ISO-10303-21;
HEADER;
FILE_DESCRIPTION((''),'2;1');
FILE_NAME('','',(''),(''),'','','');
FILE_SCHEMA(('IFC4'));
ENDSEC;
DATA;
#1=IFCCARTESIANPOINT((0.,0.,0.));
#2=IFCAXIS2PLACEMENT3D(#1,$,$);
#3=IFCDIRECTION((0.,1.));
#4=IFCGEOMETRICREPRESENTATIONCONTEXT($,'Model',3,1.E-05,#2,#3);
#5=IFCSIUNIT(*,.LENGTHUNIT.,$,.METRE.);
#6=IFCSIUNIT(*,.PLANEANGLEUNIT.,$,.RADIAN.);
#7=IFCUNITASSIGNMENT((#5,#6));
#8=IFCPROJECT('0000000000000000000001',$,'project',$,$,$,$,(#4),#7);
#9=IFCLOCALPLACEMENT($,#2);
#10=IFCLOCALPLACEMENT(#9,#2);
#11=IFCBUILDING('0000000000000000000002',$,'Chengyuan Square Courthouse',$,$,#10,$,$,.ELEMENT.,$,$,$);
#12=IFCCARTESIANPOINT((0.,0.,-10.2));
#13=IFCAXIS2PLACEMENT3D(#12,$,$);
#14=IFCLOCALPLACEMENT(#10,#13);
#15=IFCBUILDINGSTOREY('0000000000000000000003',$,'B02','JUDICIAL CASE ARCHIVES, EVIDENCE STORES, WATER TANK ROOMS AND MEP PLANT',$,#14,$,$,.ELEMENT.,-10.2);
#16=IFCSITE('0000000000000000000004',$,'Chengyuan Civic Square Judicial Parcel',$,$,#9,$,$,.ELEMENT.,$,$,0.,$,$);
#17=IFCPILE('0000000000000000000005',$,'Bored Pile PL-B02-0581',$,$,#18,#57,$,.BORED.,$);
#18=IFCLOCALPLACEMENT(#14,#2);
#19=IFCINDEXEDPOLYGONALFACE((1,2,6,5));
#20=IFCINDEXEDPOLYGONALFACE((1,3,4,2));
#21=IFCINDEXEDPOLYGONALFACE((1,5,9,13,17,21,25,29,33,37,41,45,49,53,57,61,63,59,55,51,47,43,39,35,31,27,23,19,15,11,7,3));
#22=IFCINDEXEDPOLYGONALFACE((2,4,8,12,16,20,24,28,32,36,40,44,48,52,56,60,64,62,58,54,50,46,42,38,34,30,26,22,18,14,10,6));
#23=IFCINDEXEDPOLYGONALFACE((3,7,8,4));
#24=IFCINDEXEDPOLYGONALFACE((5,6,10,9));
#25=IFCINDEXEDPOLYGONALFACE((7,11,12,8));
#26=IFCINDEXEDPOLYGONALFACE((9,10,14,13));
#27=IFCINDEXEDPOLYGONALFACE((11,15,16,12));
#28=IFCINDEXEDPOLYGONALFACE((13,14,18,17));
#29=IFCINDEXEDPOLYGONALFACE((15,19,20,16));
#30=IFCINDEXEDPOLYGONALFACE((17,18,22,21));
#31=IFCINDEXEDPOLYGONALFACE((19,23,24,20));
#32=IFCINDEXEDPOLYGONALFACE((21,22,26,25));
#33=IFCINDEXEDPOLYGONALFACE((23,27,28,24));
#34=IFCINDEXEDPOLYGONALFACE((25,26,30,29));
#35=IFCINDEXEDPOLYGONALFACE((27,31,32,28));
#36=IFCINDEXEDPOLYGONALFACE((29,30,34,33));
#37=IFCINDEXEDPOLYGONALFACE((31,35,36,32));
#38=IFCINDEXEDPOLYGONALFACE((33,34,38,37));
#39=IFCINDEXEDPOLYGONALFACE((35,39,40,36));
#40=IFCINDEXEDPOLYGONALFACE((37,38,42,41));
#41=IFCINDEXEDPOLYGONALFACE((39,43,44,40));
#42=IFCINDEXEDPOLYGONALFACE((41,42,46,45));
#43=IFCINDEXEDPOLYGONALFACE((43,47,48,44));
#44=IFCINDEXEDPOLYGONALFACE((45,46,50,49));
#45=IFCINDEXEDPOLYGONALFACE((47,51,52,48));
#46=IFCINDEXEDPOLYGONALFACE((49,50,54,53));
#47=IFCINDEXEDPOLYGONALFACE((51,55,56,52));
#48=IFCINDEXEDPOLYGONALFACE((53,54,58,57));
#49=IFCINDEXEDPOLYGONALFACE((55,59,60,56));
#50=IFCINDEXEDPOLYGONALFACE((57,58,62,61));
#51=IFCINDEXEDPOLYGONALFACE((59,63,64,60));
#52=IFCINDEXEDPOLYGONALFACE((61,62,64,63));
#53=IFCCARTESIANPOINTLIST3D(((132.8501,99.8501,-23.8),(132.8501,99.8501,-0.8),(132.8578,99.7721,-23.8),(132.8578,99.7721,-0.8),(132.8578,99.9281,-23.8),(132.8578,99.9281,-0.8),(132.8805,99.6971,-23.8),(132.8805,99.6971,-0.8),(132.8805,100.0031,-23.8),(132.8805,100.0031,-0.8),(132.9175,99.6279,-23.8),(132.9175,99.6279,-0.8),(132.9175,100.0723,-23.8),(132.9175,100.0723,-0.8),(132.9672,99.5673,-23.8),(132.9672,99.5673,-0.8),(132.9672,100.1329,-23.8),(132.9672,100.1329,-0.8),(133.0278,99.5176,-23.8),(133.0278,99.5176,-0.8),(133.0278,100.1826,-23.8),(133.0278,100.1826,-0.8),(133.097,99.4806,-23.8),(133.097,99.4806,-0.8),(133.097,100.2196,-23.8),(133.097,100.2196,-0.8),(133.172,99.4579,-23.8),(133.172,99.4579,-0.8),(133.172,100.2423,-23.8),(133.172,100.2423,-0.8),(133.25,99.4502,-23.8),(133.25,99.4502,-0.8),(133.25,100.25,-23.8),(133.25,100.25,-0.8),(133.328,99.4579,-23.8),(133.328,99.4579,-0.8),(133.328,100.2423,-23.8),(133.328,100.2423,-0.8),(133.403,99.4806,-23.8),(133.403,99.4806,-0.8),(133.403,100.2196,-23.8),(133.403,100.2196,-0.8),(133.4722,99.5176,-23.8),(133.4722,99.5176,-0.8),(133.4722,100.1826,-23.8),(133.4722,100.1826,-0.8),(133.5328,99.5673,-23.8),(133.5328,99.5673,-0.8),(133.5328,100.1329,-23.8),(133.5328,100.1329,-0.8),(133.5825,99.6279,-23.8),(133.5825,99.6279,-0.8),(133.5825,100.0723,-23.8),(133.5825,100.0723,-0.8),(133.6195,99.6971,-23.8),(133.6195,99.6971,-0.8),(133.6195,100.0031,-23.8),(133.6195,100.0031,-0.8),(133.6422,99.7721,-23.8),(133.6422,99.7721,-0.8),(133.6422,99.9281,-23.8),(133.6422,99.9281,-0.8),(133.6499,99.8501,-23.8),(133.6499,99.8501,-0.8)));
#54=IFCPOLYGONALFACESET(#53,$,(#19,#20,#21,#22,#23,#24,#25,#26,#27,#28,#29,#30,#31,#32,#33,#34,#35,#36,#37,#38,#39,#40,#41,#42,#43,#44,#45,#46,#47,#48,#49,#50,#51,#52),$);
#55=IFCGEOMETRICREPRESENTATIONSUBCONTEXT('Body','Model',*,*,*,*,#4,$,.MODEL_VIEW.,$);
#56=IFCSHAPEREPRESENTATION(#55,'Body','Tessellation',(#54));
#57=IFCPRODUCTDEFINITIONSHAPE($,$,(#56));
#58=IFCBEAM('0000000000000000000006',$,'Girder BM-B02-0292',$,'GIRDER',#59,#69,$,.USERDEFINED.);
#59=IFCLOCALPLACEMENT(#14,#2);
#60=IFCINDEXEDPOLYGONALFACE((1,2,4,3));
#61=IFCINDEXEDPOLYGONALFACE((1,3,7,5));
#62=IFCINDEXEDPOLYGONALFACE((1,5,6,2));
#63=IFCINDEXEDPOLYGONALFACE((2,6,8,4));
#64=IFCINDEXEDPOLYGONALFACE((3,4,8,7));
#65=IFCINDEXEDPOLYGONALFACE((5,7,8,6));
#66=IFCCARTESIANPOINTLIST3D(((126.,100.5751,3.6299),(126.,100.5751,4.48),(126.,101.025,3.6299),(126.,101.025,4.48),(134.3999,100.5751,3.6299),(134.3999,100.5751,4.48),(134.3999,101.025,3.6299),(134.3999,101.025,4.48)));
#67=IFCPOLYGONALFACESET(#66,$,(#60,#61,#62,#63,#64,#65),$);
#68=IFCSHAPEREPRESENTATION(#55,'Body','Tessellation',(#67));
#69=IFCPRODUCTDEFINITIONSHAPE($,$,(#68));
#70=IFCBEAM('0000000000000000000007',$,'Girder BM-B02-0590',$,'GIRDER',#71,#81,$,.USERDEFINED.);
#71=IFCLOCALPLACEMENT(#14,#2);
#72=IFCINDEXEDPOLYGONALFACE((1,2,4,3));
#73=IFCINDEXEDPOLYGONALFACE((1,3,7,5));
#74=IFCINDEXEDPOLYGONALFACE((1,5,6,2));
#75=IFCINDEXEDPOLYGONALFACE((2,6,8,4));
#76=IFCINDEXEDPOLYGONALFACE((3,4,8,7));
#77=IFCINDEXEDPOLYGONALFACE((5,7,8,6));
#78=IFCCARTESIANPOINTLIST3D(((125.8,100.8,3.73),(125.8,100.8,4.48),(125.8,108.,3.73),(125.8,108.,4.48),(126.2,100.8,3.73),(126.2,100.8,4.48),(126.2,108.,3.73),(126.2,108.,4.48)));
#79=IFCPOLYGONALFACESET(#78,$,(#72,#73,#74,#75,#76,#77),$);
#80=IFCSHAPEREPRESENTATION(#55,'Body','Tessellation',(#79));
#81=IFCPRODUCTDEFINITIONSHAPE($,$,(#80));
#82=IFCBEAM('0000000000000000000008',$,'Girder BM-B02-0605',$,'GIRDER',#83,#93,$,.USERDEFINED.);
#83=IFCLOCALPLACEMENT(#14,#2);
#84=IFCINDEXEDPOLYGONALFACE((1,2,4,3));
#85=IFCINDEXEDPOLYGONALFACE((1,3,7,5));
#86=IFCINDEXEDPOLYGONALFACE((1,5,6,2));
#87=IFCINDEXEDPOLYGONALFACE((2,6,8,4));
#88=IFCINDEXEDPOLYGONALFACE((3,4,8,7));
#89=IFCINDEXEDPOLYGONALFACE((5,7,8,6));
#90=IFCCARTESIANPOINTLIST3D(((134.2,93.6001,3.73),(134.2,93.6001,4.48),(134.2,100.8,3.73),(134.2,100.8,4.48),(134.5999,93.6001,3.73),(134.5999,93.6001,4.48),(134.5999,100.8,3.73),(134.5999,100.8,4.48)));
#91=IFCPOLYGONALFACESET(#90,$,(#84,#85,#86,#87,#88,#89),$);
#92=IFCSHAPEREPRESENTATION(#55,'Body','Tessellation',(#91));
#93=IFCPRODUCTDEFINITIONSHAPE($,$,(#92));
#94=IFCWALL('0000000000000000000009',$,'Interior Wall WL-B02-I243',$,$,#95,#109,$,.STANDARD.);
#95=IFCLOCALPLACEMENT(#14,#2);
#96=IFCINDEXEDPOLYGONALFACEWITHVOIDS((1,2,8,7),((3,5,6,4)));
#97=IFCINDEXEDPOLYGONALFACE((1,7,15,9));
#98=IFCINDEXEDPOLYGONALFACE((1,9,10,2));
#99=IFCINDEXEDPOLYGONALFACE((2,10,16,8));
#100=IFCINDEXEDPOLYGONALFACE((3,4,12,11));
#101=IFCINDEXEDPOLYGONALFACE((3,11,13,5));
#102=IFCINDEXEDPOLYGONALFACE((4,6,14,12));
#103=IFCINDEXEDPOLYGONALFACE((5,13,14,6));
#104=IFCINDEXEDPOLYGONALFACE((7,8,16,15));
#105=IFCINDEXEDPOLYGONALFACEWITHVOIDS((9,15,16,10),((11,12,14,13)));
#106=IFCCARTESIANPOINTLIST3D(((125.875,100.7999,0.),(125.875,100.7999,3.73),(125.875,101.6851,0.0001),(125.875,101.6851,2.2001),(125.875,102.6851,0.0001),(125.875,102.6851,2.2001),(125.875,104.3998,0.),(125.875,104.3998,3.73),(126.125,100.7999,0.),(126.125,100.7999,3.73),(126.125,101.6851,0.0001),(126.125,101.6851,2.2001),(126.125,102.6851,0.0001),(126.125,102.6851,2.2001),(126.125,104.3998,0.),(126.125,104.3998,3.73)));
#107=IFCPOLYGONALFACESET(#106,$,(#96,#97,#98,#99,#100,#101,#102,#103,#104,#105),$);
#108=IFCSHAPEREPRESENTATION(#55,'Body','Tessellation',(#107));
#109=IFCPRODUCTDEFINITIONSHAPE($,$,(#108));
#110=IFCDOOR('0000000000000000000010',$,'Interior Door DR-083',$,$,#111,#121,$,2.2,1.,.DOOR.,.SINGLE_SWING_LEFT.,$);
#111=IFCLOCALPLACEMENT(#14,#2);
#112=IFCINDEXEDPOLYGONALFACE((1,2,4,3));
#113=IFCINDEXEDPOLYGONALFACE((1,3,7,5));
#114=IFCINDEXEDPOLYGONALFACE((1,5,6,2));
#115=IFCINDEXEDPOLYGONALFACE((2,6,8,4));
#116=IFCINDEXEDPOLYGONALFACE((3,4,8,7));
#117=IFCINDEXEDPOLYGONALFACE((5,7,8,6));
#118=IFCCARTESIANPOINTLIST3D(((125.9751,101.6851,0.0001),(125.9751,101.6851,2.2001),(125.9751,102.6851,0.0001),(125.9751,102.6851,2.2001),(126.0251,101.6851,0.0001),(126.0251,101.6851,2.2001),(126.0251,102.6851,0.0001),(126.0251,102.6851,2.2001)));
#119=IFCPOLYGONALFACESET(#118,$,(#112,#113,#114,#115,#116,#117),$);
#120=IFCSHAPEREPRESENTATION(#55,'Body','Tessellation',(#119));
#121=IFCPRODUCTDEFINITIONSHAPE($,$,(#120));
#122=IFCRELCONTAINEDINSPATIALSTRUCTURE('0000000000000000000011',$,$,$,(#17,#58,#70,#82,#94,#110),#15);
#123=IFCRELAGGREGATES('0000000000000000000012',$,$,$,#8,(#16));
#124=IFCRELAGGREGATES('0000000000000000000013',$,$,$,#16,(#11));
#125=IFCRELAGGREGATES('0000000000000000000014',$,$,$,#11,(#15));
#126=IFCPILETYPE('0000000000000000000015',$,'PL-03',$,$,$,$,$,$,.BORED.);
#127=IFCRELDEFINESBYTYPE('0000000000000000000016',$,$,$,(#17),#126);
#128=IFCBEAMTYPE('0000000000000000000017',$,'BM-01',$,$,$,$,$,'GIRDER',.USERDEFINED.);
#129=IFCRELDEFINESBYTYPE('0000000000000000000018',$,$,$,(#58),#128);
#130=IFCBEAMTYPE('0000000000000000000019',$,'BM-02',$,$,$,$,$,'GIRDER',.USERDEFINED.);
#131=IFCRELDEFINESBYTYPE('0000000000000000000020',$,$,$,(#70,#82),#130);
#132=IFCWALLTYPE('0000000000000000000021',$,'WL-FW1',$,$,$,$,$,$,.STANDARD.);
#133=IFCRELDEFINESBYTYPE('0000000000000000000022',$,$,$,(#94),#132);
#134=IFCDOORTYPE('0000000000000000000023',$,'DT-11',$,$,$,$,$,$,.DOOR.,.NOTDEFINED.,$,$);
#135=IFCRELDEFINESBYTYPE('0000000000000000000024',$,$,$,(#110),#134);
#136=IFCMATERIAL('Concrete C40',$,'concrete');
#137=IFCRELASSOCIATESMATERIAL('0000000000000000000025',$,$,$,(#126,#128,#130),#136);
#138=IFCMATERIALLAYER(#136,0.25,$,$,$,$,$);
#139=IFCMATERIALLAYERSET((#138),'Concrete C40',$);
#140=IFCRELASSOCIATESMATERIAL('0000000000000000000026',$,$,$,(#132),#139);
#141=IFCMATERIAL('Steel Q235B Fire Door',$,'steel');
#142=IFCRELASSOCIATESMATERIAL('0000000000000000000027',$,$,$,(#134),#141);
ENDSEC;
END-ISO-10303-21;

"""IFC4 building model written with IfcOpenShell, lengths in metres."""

from ifc_helpers import new_model, si_unit, direction, frame, frame_2d, origin, origin_2d, place, context, subcontext, project, spatial, rectangle, circle, extrude, material, layer, layer_set, material_profile, profile_set, type_object, element, fill, save


model = new_model("IFC4")

# Units and contexts
model_context = context("Model", 3, precision=1e-05, world=origin(), true_north=direction((0.0, 1.0)))
body_context = subcontext(model_context, "Body", "Model", "MODEL_VIEW")
ifc_project = project(units=[si_unit("LENGTHUNIT", "METRE"), si_unit("PLANEANGLEUNIT", "RADIAN")], contexts=[model_context])

# Site, building, storey
site_placement = place(None, origin())
site = spatial("IfcSite", under=ifc_project, at=site_placement, Name="Chengyuan Civic Square Judicial Parcel", CompositionType="ELEMENT", RefElevation=0.0)
building_placement = place(site_placement, origin())
building = spatial("IfcBuilding", under=site, at=building_placement, Name="Chengyuan Square Courthouse", CompositionType="ELEMENT")
storey_placement = place(building_placement, frame((0.0, 0.0, -10.2)))
storey = spatial("IfcBuildingStorey", under=building, at=storey_placement, Name="B02", Description="JUDICIAL CASE ARCHIVES, EVIDENCE STORES, WATER TANK ROOMS AND MEP PLANT", CompositionType="ELEMENT", Elevation=-10.2)

# Shared definitions
ifc_material_1 = material(Name="Concrete C40", Category="concrete")

# Pile
ifc_material_profile_1 = material_profile(ifc_material_1, circle(Radius=0.3999, at=origin_2d()), Name="BORED PILE D800")
ifc_profile_set_1 = profile_set([ifc_material_profile_1], Name="Concrete C40")
pile_type = type_object("IfcPileType", Name="PL-03", PredefinedType="BORED", material=ifc_profile_set_1)
for number, where, z_axis, x_axis, name in (
    (1, (133.25, 99.8501, -0.8), (0.0, 0.0, -1.0), (1.0, 0.0, 0.0), "Bored Pile PL-B02-0581"),
):
    element("IfcPile", number, at=place(storey_placement, frame(where, z_axis=z_axis, x_axis=x_axis)), inside=storey, type_object=pile_type, Name=name, PredefinedType="BORED", context=body_context, shape_type="SweptSolid", body=[
        extrude(circle(Radius=0.3999, at=origin_2d()), origin(), (0.0, 0.0, 1.0), 23.0),
    ])

# Beams
ifc_material_profile_2 = material_profile(ifc_material_1, rectangle(XDim=0.45, YDim=0.8501, at=origin_2d()), Name="RC-BM-450x850")
ifc_profile_set_2 = profile_set([ifc_material_profile_2], Name="Concrete C40")
beam_type_1 = type_object("IfcBeamType", Name="BM-01", ElementType="GIRDER", PredefinedType="USERDEFINED", material=ifc_profile_set_2)
beam_placement = place(storey_placement, frame((126.0, 100.8, 4.0549), z_axis=(1.0, 0.0, 0.0), x_axis=(0.0, 1.0, 0.0)))
element("IfcBeam", 2, at=beam_placement, inside=storey, type_object=beam_type_1, Name="Girder BM-B02-0292", ObjectType="GIRDER", PredefinedType="USERDEFINED", context=body_context, shape_type="SweptSolid", body=[
    extrude(rectangle(XDim=0.45, YDim=0.8501, at=origin_2d()), origin(), (0.0, 0.0, 1.0), 8.3999),
])
ifc_material_profile_3 = material_profile(ifc_material_1, rectangle(XDim=0.3999, YDim=0.75, at=origin_2d()), Name="RC-BM-400x750")
ifc_profile_set_3 = profile_set([ifc_material_profile_3], Name="Concrete C40")
beam_type_2 = type_object("IfcBeamType", Name="BM-02", ElementType="GIRDER", PredefinedType="USERDEFINED", material=ifc_profile_set_3)
for number, where, z_axis, x_axis, name in (
    (3, (126.0, 100.8, 4.105), (0.0, 1.0, 0.0), (-1.0, 0.0, 0.0), "Girder BM-B02-0590"),
    (4, (134.3999, 93.6001, 4.105), (0.0, 1.0, 0.0), (-1.0, 0.0, 0.0), "Girder BM-B02-0605"),
):
    element("IfcBeam", number, at=place(storey_placement, frame(where, z_axis=z_axis, x_axis=x_axis)), inside=storey, type_object=beam_type_2, Name=name, ObjectType="GIRDER", PredefinedType="USERDEFINED", context=body_context, shape_type="SweptSolid", body=[
        extrude(rectangle(XDim=0.3999, YDim=0.75, at=origin_2d()), origin(), (0.0, 0.0, 1.0), 7.2),
    ])

# Wall, opening, door
ifc_layer_1 = layer(ifc_material_1, 0.25)
ifc_layer_set_1 = layer_set([ifc_layer_1], Name="Concrete C40")
wall_type_1 = type_object("IfcWallType", Name="WL-FW1", PredefinedType="STANDARD", material=ifc_layer_set_1)
wall_1_placement = place(storey_placement, frame((126.0, 100.8, 0.0), z_axis=(0.0, 0.0, 1.0), x_axis=(0.0, 1.0, 0.0)))
wall_1 = element("IfcWall", 5, at=wall_1_placement, inside=storey, type_object=wall_type_1, Name="Interior Wall WL-B02-I243", PredefinedType="STANDARD", context=body_context, shape_type="SweptSolid", body=[
    extrude(rectangle(XDim=3.5999, YDim=0.25, at=frame_2d((1.7998, 0.0))), origin(), (0.0, 0.0, 1.0), 3.73),
])
opening_1_placement = place(wall_1_placement, frame((0.885, 0.0, 0.0)))
opening_1 = element("IfcOpeningElement", 6, at=opening_1_placement, cuts=wall_1, PredefinedType="OPENING", context=body_context, shape_type="SweptSolid", body=[
    extrude(rectangle(XDim=1.0, YDim=2.2, at=frame_2d((0.5, 1.1001))), frame((0.0, 0.137, 0.0), z_axis=(0.0, -1.0, 0.0), x_axis=(1.0, 0.0, 0.0)), (0.0, 0.0, 1.0), 0.2739),
])
ifc_material_2 = material(Name="Steel Q235B Fire Door", Category="steel")
door_type_1 = type_object("IfcDoorType", Name="DT-11", OperationType="NOTDEFINED", PredefinedType="DOOR", material=ifc_material_2)
door_1_placement = place(opening_1_placement, origin())
door_1 = element("IfcDoor", 7, at=door_1_placement, inside=storey, type_object=door_type_1, Name="Interior Door DR-083", OperationType="SINGLE_SWING_LEFT", OverallHeight=2.2, OverallWidth=1.0, PredefinedType="DOOR", context=body_context, shape_type="SweptSolid", body=[
    extrude(rectangle(XDim=1.0, YDim=2.2, at=frame_2d((0.5, 1.1001))), frame((0.0, 0.0249, 0.0), z_axis=(0.0, -1.0, 0.0), x_axis=(1.0, 0.0, 0.0)), (0.0, 0.0, 1.0), 0.05),
])
fill(opening_1, door_1)

save(model, "model.ifc")
